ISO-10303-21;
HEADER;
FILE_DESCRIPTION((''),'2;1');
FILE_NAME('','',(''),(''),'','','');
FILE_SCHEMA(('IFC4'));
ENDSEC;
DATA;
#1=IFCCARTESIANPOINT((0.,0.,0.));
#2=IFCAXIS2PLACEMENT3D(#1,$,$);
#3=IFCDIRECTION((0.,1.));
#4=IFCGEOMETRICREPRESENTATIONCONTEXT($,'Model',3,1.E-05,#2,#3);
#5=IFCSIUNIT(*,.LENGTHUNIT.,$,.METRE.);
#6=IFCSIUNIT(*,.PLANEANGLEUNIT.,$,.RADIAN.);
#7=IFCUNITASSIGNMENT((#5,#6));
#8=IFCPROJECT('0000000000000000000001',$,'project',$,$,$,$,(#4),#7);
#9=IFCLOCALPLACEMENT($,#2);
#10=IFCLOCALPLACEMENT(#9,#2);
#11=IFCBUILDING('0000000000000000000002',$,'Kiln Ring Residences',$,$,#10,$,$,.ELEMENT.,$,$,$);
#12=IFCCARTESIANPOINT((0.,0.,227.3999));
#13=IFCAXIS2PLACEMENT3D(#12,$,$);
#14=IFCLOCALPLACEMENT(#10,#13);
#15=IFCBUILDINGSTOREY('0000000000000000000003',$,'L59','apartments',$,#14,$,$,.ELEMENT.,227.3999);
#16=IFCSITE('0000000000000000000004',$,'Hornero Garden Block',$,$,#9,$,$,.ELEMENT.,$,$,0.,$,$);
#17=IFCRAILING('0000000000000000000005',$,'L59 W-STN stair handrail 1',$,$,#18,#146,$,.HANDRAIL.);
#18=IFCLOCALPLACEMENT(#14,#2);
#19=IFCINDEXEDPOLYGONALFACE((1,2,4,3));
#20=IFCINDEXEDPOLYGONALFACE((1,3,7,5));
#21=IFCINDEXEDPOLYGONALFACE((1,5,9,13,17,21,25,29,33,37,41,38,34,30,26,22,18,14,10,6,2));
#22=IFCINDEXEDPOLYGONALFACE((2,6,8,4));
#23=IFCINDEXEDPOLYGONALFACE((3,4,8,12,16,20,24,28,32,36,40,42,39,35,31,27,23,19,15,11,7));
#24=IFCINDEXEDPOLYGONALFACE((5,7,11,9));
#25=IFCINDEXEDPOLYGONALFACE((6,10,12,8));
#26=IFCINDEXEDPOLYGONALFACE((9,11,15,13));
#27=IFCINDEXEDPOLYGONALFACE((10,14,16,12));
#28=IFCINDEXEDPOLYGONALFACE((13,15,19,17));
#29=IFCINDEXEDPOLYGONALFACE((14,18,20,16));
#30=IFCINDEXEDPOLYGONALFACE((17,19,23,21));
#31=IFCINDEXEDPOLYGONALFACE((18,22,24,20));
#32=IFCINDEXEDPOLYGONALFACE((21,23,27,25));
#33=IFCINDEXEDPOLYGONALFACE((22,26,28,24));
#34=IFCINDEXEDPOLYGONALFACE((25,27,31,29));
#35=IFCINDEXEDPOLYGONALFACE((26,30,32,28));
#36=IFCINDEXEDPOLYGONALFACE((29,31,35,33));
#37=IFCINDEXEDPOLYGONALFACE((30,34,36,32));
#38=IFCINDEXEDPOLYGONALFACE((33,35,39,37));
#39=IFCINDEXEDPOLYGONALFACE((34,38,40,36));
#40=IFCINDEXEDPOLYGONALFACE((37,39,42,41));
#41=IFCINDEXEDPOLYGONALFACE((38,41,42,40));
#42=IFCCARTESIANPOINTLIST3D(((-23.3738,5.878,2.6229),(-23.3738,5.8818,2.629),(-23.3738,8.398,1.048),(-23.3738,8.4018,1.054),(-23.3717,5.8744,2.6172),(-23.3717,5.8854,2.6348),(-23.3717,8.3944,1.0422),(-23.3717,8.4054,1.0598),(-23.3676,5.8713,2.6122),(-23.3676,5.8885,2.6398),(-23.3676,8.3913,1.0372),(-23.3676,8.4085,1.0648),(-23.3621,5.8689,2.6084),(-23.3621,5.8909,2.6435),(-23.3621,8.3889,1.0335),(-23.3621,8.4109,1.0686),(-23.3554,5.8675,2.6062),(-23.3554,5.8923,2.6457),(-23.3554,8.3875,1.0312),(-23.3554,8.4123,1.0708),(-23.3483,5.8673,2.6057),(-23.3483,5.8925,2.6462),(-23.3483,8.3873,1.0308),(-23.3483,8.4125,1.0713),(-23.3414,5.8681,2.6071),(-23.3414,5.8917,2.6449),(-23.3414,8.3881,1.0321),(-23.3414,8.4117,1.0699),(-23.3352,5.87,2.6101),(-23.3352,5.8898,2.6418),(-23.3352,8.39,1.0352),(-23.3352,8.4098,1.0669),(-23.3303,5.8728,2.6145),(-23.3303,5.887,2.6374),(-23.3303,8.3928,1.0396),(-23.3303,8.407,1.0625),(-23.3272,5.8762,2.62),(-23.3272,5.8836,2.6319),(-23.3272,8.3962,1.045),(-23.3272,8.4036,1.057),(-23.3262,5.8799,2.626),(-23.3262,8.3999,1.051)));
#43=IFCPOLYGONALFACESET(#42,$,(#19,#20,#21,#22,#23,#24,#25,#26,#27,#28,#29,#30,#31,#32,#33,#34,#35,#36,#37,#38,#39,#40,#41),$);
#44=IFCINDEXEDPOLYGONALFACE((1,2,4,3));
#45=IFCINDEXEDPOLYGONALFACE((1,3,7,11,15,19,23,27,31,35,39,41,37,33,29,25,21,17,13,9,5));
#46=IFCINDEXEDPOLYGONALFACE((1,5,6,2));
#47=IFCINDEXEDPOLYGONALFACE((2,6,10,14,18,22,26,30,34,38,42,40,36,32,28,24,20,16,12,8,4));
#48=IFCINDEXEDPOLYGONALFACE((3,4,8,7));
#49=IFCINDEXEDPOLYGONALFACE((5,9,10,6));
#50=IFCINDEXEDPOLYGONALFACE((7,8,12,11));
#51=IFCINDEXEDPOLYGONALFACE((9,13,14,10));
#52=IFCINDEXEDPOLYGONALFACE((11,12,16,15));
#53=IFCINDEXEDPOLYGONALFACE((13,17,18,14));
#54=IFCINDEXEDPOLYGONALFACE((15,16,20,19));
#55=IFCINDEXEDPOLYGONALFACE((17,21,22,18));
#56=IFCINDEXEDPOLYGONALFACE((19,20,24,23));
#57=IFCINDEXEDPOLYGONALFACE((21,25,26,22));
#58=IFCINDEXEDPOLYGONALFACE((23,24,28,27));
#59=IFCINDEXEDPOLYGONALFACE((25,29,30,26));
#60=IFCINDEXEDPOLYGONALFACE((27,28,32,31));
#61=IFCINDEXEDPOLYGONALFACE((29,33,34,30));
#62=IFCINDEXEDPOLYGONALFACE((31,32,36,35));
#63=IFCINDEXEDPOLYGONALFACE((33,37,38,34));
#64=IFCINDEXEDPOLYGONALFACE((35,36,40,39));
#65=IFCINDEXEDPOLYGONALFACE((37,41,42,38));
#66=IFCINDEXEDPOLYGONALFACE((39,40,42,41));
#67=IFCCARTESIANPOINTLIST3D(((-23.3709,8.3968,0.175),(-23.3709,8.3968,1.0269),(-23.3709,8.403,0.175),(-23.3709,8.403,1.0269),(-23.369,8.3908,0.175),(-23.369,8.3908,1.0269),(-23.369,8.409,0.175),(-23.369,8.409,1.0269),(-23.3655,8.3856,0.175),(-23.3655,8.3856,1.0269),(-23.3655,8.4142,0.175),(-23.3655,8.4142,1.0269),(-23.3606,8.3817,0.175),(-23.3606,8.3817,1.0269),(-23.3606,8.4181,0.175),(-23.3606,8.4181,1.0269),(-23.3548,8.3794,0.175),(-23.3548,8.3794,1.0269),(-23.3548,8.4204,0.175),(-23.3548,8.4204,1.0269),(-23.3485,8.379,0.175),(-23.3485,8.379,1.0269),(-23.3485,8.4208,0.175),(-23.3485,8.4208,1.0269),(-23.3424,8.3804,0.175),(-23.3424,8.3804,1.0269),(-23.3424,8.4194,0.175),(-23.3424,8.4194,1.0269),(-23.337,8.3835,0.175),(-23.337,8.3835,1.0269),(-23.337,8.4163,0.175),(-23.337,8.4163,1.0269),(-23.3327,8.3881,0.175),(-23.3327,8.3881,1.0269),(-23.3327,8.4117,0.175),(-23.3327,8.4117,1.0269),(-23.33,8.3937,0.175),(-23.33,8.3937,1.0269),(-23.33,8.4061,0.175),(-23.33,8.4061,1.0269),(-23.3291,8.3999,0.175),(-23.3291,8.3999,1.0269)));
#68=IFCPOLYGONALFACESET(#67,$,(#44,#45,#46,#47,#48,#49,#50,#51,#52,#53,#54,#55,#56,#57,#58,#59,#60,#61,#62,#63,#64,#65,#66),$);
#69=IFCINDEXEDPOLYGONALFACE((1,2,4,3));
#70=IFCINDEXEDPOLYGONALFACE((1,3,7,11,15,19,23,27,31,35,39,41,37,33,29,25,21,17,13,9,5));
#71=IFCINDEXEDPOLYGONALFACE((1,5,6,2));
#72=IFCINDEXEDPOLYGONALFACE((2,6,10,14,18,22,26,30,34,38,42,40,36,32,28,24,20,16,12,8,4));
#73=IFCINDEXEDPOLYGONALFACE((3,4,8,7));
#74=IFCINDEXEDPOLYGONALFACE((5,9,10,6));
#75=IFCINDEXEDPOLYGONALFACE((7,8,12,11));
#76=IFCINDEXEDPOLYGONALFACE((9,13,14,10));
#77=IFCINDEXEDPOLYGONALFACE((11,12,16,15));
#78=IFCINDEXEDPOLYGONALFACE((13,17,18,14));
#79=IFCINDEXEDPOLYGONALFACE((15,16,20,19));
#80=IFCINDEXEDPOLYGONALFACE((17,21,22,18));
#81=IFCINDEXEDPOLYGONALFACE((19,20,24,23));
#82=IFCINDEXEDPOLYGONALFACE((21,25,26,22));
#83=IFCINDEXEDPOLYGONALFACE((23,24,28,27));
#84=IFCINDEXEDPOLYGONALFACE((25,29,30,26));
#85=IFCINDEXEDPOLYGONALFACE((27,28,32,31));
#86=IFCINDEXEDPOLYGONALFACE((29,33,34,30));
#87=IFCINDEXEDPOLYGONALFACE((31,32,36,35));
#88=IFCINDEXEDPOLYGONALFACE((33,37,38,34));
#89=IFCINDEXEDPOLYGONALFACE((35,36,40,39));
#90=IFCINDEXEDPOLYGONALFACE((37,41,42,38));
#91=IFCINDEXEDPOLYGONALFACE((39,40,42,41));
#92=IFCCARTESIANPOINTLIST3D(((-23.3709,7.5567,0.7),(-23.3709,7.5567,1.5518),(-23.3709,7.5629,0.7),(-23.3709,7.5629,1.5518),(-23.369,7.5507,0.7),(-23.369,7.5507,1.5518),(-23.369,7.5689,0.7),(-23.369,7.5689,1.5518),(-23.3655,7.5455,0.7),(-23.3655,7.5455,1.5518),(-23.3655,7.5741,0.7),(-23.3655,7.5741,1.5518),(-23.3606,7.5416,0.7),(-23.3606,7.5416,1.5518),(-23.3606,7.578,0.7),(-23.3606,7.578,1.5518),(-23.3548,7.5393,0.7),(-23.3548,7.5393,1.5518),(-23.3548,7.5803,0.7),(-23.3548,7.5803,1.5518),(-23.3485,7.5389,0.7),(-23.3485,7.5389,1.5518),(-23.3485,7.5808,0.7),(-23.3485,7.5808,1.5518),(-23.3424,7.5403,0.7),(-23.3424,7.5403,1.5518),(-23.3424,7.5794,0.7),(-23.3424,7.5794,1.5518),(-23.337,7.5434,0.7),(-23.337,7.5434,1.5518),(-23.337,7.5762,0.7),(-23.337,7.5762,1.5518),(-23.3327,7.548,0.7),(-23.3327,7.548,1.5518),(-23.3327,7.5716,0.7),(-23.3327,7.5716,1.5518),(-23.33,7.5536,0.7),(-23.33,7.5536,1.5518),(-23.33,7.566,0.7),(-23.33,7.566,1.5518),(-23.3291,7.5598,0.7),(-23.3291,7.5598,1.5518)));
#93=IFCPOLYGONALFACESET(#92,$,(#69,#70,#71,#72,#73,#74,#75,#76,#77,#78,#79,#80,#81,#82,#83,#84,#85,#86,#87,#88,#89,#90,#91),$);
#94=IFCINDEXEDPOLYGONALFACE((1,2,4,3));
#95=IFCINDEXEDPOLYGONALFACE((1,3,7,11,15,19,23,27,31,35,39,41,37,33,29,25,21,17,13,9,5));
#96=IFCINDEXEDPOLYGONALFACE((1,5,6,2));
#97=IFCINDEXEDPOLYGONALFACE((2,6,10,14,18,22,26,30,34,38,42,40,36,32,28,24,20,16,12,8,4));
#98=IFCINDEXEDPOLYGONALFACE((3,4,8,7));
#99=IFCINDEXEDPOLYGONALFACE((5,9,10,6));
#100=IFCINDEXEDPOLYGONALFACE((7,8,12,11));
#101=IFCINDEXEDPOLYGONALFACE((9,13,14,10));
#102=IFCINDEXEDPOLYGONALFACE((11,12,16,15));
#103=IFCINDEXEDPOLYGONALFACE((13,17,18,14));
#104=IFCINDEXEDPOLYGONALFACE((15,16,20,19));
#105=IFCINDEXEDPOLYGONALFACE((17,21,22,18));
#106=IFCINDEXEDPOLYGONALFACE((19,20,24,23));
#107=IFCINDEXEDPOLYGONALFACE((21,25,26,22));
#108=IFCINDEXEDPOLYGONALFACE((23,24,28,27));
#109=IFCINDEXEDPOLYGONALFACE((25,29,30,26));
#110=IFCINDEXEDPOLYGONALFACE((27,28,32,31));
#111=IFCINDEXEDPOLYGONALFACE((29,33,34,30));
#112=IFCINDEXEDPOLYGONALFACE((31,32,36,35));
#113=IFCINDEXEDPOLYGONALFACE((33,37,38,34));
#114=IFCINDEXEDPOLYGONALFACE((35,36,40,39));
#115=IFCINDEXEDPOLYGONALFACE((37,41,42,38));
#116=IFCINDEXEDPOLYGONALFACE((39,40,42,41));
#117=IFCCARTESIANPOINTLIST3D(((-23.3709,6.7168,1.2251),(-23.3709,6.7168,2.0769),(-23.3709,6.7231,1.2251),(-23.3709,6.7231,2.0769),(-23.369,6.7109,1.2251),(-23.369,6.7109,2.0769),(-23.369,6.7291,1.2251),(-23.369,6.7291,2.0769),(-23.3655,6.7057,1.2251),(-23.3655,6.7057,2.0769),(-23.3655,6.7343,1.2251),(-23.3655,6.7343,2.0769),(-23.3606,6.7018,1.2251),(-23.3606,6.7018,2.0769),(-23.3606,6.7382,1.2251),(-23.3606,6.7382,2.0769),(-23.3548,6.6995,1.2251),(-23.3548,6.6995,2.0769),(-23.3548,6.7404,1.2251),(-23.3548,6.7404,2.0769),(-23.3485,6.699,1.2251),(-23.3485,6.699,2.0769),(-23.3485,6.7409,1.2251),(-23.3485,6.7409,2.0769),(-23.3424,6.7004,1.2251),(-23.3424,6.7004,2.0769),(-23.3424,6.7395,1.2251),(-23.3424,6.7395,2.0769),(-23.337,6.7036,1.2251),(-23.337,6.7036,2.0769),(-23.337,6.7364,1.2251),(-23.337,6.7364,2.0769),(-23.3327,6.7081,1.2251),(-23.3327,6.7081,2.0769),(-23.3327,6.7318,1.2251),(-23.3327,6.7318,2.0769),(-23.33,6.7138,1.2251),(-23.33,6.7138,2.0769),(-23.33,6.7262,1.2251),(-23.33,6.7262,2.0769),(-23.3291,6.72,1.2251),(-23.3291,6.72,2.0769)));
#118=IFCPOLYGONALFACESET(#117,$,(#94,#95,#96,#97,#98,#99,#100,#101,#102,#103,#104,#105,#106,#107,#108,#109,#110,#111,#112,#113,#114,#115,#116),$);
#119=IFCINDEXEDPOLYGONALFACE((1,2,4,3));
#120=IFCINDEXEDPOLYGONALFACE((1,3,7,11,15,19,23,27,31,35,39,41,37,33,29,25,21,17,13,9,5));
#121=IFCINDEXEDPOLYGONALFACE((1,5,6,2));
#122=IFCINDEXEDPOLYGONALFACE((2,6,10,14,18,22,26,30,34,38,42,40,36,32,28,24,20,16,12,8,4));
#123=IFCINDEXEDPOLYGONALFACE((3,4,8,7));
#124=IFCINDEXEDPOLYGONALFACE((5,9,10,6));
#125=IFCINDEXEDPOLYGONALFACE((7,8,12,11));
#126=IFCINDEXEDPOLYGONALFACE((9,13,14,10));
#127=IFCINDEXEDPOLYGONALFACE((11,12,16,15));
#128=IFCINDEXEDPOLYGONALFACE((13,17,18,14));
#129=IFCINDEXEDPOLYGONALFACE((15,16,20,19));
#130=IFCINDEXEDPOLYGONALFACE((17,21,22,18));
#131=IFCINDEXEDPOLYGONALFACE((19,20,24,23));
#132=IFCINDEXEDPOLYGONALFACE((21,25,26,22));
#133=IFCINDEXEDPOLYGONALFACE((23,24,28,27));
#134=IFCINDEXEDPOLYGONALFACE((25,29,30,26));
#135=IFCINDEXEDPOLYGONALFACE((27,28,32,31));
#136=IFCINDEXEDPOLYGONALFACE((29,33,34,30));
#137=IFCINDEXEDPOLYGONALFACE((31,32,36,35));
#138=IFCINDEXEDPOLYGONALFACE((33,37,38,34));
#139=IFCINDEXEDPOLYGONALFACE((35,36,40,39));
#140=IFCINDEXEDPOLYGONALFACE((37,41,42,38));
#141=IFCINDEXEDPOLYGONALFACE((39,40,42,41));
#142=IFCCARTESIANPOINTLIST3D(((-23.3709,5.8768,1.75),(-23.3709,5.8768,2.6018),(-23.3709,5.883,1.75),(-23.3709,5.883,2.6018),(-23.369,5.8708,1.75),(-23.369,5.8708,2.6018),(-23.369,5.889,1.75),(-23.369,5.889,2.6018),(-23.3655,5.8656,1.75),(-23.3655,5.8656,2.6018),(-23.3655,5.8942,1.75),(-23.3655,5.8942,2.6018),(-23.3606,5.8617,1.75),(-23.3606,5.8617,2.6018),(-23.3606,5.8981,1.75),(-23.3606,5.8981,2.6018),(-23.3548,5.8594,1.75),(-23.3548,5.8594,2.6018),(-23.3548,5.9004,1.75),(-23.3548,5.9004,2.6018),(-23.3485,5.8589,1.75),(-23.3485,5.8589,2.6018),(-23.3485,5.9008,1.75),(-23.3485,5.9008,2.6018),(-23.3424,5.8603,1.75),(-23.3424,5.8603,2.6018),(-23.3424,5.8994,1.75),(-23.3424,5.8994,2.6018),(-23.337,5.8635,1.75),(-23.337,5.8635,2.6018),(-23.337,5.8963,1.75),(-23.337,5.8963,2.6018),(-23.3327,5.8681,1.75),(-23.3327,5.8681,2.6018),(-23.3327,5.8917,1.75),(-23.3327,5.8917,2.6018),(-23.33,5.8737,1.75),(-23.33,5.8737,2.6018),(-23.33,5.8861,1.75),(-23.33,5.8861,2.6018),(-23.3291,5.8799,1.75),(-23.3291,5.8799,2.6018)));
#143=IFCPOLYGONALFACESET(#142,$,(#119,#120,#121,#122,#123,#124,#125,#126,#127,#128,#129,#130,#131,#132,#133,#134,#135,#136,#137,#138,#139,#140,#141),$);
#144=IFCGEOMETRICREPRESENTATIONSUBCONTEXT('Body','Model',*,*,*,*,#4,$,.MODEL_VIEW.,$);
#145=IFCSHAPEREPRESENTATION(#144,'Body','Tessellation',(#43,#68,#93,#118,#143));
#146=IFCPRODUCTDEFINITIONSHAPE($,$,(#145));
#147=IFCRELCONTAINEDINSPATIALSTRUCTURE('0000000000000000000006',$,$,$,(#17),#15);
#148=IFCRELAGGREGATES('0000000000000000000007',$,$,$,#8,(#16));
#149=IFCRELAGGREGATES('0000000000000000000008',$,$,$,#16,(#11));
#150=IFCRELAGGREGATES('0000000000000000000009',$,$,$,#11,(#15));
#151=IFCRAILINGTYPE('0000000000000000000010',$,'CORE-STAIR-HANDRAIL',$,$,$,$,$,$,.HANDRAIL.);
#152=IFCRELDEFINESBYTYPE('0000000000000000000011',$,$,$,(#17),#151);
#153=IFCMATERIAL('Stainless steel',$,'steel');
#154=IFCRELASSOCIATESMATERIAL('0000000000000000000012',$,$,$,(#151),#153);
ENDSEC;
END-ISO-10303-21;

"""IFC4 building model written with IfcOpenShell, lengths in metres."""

from ifc_helpers import new_model, si_unit, direction, frame, origin, origin_2d, place, context, subcontext, project, spatial, circle, extrude, material, type_object, element, save


model = new_model("IFC4")

# Units and contexts
model_context = context("Model", 3, precision=1e-05, world=origin(), true_north=direction((0.0, 1.0)))
body_context = subcontext(model_context, "Body", "Model", "MODEL_VIEW")
ifc_project = project(units=[si_unit("LENGTHUNIT", "METRE"), si_unit("PLANEANGLEUNIT", "RADIAN")], contexts=[model_context])

# Site, building, storey
site_placement = place(None, origin())
site = spatial("IfcSite", under=ifc_project, at=site_placement, Name="Hornero Garden Block", CompositionType="ELEMENT", RefElevation=0.0)
building_placement = place(site_placement, origin())
building = spatial("IfcBuilding", under=site, at=building_placement, Name="Kiln Ring Residences", CompositionType="ELEMENT")
storey_placement = place(building_placement, frame((0.0, 0.0, 227.3999)))
storey = spatial("IfcBuildingStorey", under=building, at=storey_placement, Name="L59", Description="apartments", CompositionType="ELEMENT", Elevation=227.3999)

# Railing
ifc_material_1 = material(Name="Stainless steel", Category="steel")
railing_type_1 = type_object("IfcRailingType", Name="CORE-STAIR-HANDRAIL", PredefinedType="HANDRAIL", material=ifc_material_1)
railing_1_placement = place(storey_placement, frame((-23.3501, 8.3999, 0.175)))
element("IfcRailing", 1, at=railing_1_placement, inside=storey, type_object=railing_type_1, Name="L59 W-STN stair handrail 1", PredefinedType="HANDRAIL", context=body_context, shape_type="SweptSolid", body=[
    extrude(circle(Radius=0.0239, at=origin_2d()), frame((0.0, 0.0, 0.876), z_axis=(0.0, -0.848008, 0.529984), x_axis=(1.0, 0.0, 0.0)), (0.0, 0.0, 1.0), 2.9717),
    extrude(circle(Radius=0.021, at=origin_2d()), origin(), (0.0, 0.0, 1.0), 0.8518),
    extrude(circle(Radius=0.021, at=origin_2d()), frame((0.0, -0.8401, 0.5249)), (0.0, 0.0, 1.0), 0.8518),
    extrude(circle(Radius=0.021, at=origin_2d()), frame((0.0, -1.6799, 1.05)), (0.0, 0.0, 1.0), 0.8518),
    extrude(circle(Radius=0.021, at=origin_2d()), frame((0.0, -2.52, 1.575)), (0.0, 0.0, 1.0), 0.8518),
])

save(model, "model.ifc")
